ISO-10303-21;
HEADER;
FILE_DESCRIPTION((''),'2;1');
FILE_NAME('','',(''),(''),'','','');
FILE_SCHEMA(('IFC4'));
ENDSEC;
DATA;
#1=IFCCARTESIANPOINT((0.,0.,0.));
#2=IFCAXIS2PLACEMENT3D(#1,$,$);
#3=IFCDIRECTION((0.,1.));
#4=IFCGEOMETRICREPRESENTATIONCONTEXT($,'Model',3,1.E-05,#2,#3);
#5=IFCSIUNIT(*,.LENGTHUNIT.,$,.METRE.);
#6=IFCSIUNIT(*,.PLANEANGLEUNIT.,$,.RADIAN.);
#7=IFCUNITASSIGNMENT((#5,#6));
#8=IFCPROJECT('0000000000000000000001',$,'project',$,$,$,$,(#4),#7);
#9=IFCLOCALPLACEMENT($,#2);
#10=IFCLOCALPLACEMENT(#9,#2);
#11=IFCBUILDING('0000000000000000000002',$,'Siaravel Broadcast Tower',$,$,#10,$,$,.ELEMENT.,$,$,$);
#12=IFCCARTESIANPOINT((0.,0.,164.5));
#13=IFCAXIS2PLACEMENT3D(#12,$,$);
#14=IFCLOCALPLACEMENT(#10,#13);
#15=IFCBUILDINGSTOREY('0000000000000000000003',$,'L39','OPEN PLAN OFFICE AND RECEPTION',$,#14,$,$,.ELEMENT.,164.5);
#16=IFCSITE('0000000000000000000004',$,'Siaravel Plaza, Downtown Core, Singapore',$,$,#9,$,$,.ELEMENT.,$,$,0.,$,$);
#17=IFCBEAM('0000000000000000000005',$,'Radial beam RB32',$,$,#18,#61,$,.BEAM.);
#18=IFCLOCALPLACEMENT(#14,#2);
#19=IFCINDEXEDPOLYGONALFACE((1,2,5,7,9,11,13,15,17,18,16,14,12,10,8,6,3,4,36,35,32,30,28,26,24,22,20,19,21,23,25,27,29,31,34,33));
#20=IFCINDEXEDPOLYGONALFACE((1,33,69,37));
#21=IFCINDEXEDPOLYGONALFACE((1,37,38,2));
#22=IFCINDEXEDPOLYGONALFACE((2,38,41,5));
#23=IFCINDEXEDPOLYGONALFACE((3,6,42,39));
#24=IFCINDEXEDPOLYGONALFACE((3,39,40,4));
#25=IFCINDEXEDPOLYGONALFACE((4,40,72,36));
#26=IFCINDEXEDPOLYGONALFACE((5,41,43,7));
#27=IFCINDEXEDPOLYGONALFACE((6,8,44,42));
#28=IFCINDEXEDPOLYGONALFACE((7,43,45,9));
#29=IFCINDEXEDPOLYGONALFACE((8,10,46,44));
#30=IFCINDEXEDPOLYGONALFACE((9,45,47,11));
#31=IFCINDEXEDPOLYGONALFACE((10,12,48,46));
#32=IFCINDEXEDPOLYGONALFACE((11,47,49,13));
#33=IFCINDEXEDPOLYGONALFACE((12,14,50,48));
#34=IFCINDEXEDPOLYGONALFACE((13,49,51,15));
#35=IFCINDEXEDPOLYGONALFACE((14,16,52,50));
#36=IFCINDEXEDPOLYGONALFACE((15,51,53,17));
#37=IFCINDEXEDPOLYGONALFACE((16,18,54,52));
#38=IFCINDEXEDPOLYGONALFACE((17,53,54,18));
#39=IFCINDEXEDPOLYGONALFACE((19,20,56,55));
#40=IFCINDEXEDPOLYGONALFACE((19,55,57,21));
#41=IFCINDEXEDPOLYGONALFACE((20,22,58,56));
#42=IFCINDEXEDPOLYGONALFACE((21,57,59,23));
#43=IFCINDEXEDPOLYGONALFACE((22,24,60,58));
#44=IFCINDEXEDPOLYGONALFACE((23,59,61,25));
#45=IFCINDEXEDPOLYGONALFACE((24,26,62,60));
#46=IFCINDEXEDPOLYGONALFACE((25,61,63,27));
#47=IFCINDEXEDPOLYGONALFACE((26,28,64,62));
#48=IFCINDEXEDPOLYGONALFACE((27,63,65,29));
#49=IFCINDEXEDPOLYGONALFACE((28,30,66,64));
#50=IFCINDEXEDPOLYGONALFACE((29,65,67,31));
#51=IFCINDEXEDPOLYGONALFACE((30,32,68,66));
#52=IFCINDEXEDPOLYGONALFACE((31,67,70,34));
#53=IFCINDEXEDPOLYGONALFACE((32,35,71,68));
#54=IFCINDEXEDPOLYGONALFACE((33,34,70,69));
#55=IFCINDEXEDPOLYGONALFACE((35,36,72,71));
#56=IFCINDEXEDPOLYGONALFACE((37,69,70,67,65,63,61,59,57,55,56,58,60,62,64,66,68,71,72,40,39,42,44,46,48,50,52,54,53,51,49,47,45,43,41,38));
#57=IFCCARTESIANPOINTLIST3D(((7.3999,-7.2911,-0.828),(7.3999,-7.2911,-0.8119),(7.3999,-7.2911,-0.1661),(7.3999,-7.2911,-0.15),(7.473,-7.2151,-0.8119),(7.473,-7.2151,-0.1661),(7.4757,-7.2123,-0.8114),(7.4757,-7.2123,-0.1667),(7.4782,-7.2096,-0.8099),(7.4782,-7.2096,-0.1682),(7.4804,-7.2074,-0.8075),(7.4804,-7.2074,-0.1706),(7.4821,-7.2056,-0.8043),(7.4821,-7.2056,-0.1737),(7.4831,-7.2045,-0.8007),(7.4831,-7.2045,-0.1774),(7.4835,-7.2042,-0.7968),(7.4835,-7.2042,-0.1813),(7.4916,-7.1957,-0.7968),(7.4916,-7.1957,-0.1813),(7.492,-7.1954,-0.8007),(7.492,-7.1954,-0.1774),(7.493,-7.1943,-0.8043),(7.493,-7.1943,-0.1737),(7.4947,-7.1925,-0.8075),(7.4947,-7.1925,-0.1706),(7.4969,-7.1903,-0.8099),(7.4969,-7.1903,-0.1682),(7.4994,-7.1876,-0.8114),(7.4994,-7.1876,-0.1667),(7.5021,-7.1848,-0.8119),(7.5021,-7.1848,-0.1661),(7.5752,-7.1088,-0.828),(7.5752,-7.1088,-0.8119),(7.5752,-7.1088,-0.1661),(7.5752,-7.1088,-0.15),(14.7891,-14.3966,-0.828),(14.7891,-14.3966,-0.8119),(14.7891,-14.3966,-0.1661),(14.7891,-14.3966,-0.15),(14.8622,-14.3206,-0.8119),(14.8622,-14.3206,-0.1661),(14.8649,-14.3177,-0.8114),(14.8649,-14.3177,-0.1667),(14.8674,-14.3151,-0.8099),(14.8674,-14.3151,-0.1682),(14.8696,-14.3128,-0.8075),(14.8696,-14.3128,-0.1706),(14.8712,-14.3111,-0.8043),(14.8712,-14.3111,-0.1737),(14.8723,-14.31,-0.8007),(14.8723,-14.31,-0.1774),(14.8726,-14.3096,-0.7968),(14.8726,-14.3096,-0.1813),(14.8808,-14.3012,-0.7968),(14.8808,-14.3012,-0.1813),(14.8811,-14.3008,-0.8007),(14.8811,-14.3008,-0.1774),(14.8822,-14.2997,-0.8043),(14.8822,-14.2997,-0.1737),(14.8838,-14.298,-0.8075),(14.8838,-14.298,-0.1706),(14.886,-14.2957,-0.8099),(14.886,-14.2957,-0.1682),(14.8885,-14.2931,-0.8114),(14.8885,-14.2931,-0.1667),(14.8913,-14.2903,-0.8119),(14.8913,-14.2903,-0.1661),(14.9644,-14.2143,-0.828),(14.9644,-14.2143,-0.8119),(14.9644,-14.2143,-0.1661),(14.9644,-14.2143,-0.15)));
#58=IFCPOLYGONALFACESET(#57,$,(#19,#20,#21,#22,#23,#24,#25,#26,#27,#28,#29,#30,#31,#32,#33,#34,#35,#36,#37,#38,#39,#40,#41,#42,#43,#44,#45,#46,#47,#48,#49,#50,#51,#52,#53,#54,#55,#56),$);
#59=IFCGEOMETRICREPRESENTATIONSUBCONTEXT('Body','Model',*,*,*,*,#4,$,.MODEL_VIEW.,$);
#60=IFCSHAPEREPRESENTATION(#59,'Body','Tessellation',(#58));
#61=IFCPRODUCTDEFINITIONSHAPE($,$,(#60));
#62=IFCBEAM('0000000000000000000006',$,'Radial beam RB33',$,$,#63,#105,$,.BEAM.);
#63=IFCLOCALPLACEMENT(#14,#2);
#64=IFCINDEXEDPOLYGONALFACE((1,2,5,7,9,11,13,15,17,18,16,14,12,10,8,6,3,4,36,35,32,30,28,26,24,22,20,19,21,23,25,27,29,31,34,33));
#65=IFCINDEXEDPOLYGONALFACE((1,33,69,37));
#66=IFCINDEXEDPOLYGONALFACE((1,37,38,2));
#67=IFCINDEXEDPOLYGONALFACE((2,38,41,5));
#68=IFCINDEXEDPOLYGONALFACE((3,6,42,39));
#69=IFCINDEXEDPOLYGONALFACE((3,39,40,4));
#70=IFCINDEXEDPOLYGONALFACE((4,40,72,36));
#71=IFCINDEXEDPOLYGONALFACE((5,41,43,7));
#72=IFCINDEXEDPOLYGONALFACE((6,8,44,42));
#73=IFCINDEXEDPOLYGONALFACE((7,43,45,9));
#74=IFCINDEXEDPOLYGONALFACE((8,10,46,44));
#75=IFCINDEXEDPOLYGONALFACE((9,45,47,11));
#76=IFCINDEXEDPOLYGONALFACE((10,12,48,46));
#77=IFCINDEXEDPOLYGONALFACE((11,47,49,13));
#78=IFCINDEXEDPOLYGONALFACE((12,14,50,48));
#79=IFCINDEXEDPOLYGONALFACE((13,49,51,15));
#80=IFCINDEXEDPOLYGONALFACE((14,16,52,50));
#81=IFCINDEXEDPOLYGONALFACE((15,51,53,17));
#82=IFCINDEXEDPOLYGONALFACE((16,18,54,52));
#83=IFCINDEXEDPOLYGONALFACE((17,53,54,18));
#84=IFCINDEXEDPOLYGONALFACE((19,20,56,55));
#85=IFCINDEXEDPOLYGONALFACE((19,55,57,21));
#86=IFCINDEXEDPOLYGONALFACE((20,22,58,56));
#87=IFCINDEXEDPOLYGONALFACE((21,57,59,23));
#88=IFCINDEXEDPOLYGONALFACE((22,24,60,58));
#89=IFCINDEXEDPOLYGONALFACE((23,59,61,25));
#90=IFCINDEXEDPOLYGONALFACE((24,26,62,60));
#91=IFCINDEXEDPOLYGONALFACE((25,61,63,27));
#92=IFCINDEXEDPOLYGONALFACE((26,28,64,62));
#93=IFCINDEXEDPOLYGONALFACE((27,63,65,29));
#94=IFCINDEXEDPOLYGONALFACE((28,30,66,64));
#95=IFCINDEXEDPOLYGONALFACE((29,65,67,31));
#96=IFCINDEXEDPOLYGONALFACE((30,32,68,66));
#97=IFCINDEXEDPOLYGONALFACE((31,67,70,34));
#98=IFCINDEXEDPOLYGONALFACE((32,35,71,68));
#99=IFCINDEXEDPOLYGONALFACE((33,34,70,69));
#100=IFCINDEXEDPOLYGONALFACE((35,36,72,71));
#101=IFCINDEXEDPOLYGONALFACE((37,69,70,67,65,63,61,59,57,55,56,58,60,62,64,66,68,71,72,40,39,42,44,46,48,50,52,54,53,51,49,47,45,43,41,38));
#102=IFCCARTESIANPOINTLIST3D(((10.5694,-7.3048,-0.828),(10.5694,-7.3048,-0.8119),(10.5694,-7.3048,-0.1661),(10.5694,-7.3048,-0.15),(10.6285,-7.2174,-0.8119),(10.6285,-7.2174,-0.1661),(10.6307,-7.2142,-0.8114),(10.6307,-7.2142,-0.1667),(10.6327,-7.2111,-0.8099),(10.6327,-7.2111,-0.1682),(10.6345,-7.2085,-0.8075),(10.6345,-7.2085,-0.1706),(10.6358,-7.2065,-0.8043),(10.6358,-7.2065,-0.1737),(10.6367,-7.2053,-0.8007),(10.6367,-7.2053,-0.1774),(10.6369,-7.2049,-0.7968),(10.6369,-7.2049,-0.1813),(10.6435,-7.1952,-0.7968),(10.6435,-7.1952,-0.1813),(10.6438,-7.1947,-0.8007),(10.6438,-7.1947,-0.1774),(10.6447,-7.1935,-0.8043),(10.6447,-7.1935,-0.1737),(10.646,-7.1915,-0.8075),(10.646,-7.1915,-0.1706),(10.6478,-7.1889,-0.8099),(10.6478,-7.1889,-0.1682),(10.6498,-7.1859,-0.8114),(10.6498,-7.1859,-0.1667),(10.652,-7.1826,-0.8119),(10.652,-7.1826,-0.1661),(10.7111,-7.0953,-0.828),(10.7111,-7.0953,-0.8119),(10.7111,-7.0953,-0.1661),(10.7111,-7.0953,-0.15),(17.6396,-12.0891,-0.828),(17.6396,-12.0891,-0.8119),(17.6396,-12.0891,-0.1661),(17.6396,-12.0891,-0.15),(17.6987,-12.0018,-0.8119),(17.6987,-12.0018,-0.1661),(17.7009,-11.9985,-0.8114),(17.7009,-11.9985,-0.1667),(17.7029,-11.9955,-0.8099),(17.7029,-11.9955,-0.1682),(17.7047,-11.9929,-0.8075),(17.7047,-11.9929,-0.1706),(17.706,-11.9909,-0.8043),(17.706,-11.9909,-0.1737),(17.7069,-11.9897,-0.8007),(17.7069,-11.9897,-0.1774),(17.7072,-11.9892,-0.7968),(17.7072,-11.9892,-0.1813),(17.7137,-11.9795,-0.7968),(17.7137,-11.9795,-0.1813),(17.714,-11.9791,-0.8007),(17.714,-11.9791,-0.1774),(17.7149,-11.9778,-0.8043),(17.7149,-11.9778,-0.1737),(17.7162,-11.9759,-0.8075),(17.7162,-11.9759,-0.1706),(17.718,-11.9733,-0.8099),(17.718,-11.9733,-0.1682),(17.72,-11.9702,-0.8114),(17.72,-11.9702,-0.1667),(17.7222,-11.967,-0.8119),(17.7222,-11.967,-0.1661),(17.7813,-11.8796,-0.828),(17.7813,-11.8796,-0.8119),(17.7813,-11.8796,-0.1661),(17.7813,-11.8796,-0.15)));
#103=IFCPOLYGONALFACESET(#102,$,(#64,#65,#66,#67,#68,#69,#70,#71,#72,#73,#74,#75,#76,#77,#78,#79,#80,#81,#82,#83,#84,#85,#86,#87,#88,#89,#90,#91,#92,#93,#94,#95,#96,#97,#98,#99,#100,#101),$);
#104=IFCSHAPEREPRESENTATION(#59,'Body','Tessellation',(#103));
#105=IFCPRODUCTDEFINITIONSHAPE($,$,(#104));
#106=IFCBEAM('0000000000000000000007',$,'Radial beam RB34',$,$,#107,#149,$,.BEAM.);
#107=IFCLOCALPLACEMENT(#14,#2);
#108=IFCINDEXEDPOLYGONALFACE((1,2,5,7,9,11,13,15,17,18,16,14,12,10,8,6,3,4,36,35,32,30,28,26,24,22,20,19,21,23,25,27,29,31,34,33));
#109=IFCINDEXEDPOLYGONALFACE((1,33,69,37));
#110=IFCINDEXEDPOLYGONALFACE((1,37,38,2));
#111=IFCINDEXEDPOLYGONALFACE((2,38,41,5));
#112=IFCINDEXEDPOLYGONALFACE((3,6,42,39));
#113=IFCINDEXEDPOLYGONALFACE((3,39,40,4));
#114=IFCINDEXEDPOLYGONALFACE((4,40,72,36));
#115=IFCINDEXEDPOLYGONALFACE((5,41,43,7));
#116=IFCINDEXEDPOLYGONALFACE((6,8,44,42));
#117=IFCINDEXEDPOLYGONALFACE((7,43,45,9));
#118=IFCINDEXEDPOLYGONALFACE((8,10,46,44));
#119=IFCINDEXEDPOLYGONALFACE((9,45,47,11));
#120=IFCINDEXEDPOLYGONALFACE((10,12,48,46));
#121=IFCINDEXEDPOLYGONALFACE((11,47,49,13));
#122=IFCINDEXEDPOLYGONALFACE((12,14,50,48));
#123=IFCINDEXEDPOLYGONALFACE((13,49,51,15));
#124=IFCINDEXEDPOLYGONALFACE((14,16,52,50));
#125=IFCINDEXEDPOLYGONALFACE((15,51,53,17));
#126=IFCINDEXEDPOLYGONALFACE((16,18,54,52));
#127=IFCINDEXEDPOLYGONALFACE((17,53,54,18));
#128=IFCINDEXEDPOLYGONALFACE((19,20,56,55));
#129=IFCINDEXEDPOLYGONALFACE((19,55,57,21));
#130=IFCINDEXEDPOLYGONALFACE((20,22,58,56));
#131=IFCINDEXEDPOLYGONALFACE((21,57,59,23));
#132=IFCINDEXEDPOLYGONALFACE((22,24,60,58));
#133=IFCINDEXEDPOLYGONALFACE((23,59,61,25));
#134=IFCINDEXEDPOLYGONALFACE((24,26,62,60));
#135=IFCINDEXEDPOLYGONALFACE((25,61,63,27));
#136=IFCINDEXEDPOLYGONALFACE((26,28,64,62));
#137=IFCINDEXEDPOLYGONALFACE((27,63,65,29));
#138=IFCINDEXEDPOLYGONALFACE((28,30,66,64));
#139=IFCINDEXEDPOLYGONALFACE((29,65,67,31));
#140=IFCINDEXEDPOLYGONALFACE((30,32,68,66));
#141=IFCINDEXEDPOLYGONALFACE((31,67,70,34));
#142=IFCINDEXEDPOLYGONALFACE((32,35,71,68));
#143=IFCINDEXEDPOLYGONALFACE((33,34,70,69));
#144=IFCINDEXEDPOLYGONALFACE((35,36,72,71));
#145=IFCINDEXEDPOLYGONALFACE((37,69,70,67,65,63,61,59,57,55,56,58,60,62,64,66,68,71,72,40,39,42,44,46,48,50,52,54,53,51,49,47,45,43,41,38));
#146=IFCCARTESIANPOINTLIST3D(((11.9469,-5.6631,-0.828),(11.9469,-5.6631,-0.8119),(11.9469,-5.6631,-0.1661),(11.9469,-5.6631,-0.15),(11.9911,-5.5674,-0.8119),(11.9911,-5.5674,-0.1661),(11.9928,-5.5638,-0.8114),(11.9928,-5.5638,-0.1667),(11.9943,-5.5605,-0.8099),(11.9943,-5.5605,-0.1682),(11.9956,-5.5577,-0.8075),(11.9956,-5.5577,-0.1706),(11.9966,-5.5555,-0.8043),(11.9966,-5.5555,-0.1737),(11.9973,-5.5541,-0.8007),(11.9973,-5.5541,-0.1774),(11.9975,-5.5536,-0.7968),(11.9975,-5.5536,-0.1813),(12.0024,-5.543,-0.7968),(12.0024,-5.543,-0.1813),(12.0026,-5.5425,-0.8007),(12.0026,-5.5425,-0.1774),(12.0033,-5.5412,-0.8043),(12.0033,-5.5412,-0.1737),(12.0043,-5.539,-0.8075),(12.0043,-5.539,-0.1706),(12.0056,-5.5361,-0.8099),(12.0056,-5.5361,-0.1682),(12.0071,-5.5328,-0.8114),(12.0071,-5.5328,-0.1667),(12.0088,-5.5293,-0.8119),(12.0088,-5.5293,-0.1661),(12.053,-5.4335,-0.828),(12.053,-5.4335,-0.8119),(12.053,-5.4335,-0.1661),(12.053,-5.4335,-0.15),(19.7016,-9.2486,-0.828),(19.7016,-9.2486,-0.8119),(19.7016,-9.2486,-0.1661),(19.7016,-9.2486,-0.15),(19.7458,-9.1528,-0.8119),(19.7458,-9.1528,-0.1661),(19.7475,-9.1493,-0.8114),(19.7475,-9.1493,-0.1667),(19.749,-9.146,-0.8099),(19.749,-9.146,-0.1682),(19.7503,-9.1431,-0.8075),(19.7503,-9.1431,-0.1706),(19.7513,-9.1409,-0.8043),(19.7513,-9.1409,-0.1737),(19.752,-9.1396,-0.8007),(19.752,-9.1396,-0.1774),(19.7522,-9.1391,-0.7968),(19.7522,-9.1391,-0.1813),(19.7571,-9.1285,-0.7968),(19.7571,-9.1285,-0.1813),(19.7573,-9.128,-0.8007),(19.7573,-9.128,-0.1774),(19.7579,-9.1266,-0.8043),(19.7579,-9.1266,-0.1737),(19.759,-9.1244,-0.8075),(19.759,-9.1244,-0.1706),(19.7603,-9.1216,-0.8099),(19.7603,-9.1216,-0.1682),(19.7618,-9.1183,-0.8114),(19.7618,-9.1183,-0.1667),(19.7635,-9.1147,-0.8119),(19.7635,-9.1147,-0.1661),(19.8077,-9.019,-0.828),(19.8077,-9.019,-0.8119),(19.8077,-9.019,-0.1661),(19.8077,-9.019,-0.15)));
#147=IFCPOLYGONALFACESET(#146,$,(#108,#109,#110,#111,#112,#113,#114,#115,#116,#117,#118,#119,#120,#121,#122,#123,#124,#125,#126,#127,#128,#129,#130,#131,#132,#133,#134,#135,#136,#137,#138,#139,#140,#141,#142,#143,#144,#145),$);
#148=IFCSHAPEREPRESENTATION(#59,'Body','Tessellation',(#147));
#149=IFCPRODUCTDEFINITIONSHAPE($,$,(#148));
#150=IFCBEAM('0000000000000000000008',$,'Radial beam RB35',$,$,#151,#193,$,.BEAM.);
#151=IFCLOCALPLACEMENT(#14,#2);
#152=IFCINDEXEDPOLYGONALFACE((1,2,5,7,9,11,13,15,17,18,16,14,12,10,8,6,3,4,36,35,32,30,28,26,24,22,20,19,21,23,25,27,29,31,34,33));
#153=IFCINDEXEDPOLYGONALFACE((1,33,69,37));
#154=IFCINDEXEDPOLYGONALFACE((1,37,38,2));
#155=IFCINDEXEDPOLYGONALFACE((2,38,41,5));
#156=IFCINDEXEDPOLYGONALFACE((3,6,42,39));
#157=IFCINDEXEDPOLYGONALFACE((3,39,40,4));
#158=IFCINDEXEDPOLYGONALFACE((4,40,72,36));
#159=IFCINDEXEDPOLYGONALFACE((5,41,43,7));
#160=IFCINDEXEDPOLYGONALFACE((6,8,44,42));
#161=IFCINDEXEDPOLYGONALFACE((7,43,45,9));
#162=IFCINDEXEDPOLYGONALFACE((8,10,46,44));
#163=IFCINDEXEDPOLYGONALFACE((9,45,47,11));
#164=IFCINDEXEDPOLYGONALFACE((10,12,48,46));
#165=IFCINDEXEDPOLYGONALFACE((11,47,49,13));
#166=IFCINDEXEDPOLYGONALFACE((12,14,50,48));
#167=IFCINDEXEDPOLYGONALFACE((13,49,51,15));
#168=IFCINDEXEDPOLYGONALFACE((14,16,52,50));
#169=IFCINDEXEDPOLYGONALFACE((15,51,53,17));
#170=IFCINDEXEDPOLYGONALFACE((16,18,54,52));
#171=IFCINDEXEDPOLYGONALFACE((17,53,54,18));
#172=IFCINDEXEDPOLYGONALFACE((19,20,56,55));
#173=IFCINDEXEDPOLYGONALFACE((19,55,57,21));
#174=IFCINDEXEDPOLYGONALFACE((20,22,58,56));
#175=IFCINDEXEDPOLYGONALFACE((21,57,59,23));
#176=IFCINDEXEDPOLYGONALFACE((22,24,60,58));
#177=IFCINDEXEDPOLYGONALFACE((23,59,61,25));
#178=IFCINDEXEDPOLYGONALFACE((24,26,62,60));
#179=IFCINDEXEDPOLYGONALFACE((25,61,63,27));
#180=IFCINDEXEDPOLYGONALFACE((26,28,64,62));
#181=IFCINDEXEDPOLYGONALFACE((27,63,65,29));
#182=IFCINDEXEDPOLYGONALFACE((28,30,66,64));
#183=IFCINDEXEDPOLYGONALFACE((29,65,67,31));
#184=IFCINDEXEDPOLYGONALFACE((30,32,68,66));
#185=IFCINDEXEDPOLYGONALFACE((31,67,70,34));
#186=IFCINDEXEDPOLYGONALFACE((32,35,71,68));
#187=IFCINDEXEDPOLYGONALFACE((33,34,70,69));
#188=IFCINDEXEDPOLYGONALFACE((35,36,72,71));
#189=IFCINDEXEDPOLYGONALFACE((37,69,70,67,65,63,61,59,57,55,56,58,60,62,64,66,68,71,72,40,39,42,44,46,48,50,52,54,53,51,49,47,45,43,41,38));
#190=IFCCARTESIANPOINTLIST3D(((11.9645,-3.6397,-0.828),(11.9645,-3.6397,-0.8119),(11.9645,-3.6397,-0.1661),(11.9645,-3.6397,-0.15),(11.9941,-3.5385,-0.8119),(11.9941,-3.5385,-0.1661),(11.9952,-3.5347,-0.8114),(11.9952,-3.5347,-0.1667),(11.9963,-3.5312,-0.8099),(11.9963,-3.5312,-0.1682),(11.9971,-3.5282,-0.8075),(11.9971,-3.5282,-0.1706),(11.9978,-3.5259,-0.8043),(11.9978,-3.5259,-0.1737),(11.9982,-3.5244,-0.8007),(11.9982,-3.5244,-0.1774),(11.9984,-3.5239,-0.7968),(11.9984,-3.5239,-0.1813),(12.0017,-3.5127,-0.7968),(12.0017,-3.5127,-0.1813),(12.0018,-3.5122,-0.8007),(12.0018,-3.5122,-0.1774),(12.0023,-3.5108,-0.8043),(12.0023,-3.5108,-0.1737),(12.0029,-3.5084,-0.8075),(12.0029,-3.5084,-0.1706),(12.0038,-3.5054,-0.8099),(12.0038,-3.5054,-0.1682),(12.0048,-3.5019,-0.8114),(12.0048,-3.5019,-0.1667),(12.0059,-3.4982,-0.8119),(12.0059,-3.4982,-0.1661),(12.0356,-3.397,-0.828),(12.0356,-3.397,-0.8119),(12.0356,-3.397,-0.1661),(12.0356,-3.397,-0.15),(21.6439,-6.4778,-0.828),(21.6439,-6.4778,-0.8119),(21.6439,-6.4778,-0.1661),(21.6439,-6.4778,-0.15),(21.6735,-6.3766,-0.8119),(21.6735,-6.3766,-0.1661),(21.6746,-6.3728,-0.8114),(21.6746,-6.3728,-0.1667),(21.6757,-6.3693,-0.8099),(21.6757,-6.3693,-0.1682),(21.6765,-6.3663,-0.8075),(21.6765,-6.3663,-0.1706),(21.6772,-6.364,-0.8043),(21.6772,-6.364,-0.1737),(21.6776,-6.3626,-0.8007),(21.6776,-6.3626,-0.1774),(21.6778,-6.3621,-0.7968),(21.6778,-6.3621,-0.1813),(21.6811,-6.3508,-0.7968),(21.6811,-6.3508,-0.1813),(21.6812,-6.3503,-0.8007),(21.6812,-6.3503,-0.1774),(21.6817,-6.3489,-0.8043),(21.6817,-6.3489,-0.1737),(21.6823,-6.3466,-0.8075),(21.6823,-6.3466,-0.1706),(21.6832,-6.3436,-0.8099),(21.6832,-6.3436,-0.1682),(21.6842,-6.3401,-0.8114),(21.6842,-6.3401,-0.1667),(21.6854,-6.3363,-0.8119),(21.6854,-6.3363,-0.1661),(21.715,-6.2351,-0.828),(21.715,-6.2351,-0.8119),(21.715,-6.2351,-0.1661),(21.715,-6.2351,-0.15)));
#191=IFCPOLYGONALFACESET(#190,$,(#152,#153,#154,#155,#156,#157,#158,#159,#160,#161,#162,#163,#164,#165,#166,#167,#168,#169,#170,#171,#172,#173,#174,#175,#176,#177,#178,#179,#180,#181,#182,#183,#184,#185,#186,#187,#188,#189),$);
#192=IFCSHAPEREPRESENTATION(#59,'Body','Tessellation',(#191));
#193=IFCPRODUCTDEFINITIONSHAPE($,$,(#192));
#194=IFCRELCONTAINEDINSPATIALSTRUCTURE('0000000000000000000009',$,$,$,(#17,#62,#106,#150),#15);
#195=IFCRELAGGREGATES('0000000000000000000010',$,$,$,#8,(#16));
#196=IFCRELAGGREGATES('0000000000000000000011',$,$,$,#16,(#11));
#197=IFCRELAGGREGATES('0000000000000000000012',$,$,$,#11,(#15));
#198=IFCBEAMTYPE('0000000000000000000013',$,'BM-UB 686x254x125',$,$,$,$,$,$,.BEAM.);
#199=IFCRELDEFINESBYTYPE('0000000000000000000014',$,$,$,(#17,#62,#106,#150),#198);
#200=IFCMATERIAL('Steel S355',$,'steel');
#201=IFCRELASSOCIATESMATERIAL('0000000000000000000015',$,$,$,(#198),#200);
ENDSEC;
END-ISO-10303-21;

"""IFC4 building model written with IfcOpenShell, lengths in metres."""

from ifc_helpers import new_model, si_unit, direction, frame, origin, origin_2d, place, context, subcontext, project, spatial, i_section, extrude, material, material_profile, profile_set, type_object, element, save


model = new_model("IFC4")

# Units and contexts
model_context = context("Model", 3, precision=1e-05, world=origin(), true_north=direction((0.0, 1.0)))
body_context = subcontext(model_context, "Body", "Model", "MODEL_VIEW")
ifc_project = project(units=[si_unit("LENGTHUNIT", "METRE"), si_unit("PLANEANGLEUNIT", "RADIAN")], contexts=[model_context])

# Site, building, storey
site_placement = place(None, origin())
site = spatial("IfcSite", under=ifc_project, at=site_placement, Name="Siaravel Plaza, Downtown Core, Singapore", CompositionType="ELEMENT", RefElevation=0.0)
building_placement = place(site_placement, origin())
building = spatial("IfcBuilding", under=site, at=building_placement, Name="Siaravel Broadcast Tower", CompositionType="ELEMENT")
storey_placement = place(building_placement, frame((0.0, 0.0, 164.5)))
storey = spatial("IfcBuildingStorey", under=building, at=storey_placement, Name="L39", Description="OPEN PLAN OFFICE AND RECEPTION", CompositionType="ELEMENT", Elevation=164.5)

# Beams
ifc_material_1 = material(Name="Steel S355", Category="steel")
ifc_material_profile_1 = material_profile(ifc_material_1, i_section(OverallWidth=0.2529, OverallDepth=0.678, WebThickness=0.0117, FlangeThickness=0.0161, FilletRadius=0.0151, at=origin_2d()))
ifc_profile_set_1 = profile_set([ifc_material_profile_1], Name="Steel S355")
beam_type = type_object("IfcBeamType", Name="BM-UB 686x254x125", PredefinedType="BEAM", material=ifc_profile_set_1)
beam_1_placement = place(storey_placement, frame((14.8767, -14.3054, -0.489), z_axis=(-0.720808, 0.693134, 0.0), x_axis=(-0.693134, -0.720808, 0.0)))
element("IfcBeam", 1, at=beam_1_placement, inside=storey, type_object=beam_type, Name="Radial beam RB32", PredefinedType="BEAM", context=body_context, shape_type="SweptSolid", body=[
    extrude(i_section(OverallWidth=0.2529, OverallDepth=0.678, WebThickness=0.0117, FlangeThickness=0.0161, FilletRadius=0.0151, at=origin_2d()), origin(), (0.0, 0.0, 1.0), 10.2512),
])
beam_2_placement = place(storey_placement, frame((17.7104, -11.9844, -0.489), z_axis=(-0.828198, 0.560435, 0.0), x_axis=(-0.560435, -0.828198, 0.0)))
element("IfcBeam", 2, at=beam_2_placement, inside=storey, type_object=beam_type, Name="Radial beam RB33", PredefinedType="BEAM", context=body_context, shape_type="SweptSolid", body=[
    extrude(i_section(OverallWidth=0.2529, OverallDepth=0.678, WebThickness=0.0117, FlangeThickness=0.0161, FilletRadius=0.0151, at=origin_2d()), origin(), (0.0, 0.0, 1.0), 8.5369),
])
beam_3_placement = place(storey_placement, frame((19.7546, -9.1338, -0.489), z_axis=(-0.907675, 0.419674, 0.0), x_axis=(-0.419674, -0.907675, 0.0)))
element("IfcBeam", 3, at=beam_3_placement, inside=storey, type_object=beam_type, Name="Radial beam RB34", PredefinedType="BEAM", context=body_context, shape_type="SweptSolid", body=[
    extrude(i_section(OverallWidth=0.2529, OverallDepth=0.678, WebThickness=0.0117, FlangeThickness=0.0161, FilletRadius=0.0151, at=origin_2d()), origin(), (0.0, 0.0, 1.0), 8.5435),
])
beam_4_placement = place(storey_placement, frame((21.6794, -6.3564, -0.489), z_axis=(-0.9596, 0.281367, 0.0), x_axis=(-0.281367, -0.9596, 0.0)))
element("IfcBeam", 4, at=beam_4_placement, inside=storey, type_object=beam_type, Name="Radial beam RB35", PredefinedType="BEAM", context=body_context, shape_type="SweptSolid", body=[
    extrude(i_section(OverallWidth=0.2529, OverallDepth=0.678, WebThickness=0.0117, FlangeThickness=0.0161, FilletRadius=0.0151, at=origin_2d()), origin(), (0.0, 0.0, 1.0), 10.0869),
])

save(model, "model.ifc")
